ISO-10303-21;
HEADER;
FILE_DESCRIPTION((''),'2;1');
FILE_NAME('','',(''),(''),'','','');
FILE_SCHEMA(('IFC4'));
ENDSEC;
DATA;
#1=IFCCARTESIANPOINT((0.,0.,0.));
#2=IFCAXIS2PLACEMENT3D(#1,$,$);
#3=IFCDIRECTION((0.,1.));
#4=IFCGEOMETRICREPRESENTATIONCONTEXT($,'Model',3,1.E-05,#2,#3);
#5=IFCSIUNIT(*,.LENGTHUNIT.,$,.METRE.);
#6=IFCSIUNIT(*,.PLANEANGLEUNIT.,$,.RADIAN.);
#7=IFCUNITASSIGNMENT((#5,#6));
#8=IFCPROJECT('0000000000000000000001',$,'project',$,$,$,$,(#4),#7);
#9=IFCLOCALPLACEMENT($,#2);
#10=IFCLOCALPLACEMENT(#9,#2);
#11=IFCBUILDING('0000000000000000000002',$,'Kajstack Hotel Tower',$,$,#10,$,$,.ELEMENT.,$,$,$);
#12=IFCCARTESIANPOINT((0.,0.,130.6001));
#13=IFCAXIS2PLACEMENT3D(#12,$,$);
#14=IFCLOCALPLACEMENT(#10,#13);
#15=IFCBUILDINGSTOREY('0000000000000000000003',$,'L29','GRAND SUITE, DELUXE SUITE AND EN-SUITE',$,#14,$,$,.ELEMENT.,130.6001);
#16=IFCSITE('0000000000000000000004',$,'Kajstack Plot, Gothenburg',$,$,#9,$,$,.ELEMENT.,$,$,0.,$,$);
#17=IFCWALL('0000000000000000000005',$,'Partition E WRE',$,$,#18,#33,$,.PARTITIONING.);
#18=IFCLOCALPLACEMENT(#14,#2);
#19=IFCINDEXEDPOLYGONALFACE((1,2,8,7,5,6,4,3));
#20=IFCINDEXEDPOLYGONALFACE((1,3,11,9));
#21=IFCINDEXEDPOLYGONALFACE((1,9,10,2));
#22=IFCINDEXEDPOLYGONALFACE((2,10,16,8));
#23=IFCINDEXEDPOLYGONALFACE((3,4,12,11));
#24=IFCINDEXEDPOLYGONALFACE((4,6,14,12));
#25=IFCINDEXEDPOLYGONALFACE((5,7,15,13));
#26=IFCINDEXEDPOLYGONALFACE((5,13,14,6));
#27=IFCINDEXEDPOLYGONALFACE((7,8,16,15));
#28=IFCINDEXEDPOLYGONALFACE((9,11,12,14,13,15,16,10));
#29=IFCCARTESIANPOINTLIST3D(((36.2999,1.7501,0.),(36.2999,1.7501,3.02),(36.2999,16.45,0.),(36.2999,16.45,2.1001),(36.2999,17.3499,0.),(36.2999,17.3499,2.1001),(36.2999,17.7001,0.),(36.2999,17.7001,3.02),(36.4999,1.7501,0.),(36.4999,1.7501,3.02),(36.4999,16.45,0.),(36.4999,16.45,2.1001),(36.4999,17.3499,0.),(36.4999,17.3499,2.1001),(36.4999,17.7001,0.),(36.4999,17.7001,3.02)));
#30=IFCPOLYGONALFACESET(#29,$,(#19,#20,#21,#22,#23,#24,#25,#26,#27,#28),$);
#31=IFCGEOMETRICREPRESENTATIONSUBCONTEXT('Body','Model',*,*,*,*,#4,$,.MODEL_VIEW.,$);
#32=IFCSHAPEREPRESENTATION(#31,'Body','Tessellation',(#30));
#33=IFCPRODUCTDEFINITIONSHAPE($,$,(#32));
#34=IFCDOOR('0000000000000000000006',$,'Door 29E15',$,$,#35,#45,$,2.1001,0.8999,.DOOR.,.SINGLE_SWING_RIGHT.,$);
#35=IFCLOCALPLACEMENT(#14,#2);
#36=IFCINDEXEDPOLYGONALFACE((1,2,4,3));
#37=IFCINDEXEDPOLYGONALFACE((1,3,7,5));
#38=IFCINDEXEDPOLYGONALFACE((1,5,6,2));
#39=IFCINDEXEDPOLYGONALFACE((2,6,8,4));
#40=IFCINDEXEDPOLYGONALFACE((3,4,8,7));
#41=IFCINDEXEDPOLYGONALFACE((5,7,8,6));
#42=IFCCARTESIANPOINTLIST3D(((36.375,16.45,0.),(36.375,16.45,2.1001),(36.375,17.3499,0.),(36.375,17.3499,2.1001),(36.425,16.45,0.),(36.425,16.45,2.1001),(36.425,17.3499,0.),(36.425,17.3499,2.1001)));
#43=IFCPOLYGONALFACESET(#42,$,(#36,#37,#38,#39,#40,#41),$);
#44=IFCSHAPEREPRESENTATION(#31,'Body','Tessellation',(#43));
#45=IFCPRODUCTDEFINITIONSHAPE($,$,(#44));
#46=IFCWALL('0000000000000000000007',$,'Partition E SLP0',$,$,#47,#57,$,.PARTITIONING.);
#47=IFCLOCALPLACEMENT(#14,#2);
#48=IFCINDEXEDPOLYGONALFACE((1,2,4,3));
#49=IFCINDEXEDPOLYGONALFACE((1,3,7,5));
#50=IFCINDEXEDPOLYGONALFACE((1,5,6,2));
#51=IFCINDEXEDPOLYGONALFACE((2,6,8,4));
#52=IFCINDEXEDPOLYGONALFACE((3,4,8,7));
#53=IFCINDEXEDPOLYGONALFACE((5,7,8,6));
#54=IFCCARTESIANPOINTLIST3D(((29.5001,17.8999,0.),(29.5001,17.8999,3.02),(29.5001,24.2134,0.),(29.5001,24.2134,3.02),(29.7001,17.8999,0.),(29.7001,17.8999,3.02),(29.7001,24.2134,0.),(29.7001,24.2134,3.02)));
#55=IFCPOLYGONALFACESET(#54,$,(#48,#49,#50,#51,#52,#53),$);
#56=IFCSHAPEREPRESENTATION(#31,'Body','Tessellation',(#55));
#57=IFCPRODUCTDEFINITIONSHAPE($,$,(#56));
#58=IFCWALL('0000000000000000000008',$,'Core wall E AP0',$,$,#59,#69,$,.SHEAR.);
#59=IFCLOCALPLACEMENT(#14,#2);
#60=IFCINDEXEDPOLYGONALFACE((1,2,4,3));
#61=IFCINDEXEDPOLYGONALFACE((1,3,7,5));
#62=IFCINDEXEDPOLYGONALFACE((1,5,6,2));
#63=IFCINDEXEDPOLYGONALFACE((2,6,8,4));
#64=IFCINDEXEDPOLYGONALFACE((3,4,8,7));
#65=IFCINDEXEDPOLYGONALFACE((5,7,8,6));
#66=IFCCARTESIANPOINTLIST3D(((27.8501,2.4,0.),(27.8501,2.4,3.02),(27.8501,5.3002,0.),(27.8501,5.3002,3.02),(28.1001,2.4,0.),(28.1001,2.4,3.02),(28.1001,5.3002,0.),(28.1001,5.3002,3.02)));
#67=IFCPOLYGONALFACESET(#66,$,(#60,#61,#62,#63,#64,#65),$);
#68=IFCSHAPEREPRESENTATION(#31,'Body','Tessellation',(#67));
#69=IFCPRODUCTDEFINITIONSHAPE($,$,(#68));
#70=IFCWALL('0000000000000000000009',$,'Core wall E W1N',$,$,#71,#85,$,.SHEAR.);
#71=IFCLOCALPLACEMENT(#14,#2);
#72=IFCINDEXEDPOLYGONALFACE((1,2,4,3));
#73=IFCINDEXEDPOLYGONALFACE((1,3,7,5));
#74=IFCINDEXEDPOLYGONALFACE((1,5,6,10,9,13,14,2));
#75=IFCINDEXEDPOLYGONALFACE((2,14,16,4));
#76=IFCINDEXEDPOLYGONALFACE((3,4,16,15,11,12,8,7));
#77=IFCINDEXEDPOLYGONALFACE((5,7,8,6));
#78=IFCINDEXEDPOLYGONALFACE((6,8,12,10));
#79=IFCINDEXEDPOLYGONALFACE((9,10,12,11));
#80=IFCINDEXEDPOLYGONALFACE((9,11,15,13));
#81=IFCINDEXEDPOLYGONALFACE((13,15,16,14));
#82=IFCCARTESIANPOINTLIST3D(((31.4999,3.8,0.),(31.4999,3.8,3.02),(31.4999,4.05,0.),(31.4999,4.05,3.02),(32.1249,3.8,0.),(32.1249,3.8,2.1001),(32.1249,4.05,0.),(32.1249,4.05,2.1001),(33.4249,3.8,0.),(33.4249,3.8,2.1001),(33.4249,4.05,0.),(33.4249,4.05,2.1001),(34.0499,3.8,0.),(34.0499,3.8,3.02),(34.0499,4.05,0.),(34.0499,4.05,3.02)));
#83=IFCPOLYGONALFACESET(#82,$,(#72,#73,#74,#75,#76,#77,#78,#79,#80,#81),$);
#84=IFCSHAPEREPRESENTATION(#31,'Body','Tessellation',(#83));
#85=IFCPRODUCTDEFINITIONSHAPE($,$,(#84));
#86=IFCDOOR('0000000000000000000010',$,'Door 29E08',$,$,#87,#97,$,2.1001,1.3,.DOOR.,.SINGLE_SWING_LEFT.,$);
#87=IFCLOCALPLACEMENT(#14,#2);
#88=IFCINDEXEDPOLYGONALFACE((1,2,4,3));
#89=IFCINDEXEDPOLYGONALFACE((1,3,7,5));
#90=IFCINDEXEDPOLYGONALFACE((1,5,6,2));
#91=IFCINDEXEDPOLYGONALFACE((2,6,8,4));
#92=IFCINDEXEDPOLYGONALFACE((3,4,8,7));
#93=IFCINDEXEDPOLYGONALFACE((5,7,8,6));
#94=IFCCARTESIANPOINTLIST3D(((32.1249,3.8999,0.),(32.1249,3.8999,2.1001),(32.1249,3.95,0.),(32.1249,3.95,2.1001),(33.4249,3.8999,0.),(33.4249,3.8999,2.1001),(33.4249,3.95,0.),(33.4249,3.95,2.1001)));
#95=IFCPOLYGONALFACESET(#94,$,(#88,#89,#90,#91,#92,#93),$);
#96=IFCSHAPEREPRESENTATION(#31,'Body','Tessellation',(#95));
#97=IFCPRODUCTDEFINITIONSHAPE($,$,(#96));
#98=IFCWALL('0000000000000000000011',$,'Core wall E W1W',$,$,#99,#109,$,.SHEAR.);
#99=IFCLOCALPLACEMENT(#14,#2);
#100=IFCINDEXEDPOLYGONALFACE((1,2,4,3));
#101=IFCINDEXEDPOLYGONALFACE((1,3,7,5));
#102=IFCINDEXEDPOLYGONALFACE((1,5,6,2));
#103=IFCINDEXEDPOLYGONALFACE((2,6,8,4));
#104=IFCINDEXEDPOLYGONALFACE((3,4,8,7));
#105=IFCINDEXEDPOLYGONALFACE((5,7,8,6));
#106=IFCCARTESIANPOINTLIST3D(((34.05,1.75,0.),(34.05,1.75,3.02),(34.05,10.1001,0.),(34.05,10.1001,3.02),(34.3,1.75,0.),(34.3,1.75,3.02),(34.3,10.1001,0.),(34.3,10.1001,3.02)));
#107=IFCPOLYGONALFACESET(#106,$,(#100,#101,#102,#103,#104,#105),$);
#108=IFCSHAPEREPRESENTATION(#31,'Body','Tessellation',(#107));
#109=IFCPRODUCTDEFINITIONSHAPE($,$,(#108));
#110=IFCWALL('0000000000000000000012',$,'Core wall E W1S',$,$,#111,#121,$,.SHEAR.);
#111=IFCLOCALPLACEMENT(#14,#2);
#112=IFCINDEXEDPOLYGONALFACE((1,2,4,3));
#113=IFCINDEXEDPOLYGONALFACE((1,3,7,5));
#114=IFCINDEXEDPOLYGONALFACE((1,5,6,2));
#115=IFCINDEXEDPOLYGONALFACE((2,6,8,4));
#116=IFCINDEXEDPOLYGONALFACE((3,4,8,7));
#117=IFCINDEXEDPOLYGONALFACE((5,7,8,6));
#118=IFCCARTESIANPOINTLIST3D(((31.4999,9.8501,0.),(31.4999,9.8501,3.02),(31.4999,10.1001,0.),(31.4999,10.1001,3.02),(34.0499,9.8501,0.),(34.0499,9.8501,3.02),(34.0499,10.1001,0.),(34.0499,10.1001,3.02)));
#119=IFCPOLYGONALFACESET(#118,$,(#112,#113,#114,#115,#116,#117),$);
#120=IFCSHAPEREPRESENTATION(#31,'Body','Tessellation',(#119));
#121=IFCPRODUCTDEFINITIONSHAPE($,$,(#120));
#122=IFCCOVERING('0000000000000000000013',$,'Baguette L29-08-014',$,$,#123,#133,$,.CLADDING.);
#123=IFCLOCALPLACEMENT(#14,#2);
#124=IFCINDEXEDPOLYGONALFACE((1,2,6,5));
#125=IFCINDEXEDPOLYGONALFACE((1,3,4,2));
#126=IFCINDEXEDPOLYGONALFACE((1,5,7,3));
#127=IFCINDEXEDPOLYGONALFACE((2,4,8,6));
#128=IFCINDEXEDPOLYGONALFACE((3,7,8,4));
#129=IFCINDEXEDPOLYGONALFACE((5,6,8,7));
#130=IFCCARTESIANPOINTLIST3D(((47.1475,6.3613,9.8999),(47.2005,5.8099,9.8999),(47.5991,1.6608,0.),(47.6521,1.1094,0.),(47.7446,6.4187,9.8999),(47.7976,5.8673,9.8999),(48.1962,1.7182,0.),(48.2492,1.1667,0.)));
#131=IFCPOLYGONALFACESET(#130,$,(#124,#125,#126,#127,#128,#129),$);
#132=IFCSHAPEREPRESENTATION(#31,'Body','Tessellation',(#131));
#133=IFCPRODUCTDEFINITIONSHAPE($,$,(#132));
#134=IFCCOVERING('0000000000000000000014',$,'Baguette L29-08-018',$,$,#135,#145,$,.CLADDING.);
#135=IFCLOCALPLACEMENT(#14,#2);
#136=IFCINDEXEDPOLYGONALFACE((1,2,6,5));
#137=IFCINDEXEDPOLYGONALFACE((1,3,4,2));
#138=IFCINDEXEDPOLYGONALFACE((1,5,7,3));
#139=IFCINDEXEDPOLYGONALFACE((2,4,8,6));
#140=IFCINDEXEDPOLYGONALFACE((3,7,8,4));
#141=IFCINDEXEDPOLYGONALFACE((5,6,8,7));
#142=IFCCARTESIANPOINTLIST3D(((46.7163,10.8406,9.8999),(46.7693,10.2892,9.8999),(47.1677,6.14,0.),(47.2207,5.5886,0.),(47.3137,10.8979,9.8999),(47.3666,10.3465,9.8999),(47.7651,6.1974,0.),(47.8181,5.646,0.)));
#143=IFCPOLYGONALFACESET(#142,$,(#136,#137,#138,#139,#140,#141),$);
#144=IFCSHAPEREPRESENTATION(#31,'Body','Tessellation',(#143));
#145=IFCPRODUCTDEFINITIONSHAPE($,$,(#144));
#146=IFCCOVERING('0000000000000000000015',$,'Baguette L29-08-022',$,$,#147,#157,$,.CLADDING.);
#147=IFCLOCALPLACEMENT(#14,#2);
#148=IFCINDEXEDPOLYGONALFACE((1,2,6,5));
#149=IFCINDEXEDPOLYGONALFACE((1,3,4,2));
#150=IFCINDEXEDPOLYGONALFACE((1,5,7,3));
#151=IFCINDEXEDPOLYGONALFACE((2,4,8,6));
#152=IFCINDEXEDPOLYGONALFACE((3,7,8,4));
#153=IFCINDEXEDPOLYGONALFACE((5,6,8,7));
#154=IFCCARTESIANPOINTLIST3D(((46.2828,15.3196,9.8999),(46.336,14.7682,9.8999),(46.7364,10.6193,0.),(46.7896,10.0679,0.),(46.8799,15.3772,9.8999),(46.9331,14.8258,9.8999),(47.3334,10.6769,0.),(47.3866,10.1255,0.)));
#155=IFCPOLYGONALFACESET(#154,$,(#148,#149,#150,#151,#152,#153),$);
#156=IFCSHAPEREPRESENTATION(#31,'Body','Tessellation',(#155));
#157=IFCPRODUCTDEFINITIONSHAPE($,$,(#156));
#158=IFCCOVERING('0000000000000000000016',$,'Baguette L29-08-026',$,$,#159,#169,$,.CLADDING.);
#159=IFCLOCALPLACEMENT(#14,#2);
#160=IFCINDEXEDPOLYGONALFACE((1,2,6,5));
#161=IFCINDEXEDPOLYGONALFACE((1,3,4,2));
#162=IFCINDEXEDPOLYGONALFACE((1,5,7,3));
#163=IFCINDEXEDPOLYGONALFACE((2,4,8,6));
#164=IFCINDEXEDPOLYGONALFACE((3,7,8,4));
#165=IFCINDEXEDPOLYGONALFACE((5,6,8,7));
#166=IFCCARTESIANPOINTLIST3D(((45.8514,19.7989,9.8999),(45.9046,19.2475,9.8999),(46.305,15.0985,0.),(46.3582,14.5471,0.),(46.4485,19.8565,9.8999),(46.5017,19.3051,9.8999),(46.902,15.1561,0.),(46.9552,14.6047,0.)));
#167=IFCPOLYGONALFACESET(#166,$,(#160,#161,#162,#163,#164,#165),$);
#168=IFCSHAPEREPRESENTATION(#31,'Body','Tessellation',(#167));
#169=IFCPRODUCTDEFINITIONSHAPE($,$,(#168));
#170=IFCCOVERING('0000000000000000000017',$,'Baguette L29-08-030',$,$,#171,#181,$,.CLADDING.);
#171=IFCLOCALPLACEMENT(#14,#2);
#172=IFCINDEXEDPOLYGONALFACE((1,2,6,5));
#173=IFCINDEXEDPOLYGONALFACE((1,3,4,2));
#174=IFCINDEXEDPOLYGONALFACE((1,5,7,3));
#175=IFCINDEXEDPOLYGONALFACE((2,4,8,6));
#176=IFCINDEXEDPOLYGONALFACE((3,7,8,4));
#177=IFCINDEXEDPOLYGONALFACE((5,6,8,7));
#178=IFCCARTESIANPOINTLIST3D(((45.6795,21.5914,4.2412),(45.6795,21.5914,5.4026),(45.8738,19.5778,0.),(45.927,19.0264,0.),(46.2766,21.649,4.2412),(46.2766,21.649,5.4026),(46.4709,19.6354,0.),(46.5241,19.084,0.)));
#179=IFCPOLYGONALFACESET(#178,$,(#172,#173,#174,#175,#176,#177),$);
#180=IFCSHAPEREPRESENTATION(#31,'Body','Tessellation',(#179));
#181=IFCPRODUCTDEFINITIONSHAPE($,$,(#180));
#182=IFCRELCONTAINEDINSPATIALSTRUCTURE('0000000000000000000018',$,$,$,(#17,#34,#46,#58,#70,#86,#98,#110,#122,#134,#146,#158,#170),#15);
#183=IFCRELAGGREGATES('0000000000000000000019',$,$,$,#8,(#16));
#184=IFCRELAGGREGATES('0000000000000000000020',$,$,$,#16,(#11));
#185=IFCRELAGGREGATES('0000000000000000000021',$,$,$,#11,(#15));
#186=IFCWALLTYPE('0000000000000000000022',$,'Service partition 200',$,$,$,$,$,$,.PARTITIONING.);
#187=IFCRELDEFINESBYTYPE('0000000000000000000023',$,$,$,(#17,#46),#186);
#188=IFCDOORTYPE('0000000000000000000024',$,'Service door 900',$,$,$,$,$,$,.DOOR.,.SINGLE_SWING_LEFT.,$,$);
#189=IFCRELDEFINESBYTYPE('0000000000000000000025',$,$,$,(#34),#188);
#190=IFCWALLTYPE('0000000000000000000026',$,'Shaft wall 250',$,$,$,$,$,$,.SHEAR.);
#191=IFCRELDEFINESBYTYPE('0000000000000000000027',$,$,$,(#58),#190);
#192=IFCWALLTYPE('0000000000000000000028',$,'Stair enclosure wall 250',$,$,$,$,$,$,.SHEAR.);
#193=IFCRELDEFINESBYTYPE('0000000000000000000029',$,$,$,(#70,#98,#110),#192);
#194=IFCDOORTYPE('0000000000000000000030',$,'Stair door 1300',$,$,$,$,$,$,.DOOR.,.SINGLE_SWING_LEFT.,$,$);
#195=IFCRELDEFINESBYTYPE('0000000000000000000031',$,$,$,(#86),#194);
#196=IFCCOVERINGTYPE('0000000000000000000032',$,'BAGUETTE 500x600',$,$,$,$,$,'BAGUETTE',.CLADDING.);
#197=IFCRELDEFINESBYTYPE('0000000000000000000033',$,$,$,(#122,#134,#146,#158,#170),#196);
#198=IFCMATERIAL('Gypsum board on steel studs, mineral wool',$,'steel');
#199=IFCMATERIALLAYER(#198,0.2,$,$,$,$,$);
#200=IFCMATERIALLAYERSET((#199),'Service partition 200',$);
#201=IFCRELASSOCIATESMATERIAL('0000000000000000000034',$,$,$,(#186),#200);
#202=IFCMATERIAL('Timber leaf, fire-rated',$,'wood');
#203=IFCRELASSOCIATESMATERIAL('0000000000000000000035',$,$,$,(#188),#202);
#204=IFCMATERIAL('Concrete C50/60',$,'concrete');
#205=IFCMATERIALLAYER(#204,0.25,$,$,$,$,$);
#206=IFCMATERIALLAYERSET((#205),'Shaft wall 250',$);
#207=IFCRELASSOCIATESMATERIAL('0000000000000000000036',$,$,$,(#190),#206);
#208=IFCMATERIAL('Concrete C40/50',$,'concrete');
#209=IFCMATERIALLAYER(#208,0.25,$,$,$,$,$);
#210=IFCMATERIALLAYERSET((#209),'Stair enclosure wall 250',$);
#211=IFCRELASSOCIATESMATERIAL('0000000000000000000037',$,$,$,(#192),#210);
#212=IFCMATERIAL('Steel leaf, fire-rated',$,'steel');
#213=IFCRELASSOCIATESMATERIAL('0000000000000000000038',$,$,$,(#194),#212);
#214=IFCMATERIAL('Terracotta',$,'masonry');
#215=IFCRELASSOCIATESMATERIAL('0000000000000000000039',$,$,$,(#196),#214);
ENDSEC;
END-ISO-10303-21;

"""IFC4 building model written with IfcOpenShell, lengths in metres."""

from ifc_helpers import new_model, si_unit, direction, frame, frame_2d, origin, origin_2d, place, context, subcontext, project, spatial, polyline, rectangle, outline, extrude, material, layer, layer_set, material_profile, profile_set, type_object, element, fill, save


model = new_model("IFC4")

# Units and contexts
model_context = context("Model", 3, precision=1e-05, world=origin(), true_north=direction((0.0, 1.0)))
body_context = subcontext(model_context, "Body", "Model", "MODEL_VIEW")
ifc_project = project(units=[si_unit("LENGTHUNIT", "METRE"), si_unit("PLANEANGLEUNIT", "RADIAN")], contexts=[model_context])

# Site, building, storey
site_placement = place(None, origin())
site = spatial("IfcSite", under=ifc_project, at=site_placement, Name="Kajstack Plot, Gothenburg", CompositionType="ELEMENT", RefElevation=0.0)
building_placement = place(site_placement, origin())
building = spatial("IfcBuilding", under=site, at=building_placement, Name="Kajstack Hotel Tower", CompositionType="ELEMENT")
storey_placement = place(building_placement, frame((0.0, 0.0, 130.6001)))
storey = spatial("IfcBuildingStorey", under=building, at=storey_placement, Name="L29", Description="GRAND SUITE, DELUXE SUITE AND EN-SUITE", CompositionType="ELEMENT", Elevation=130.6001)

# Shared definitions
ifc_material_1 = material(Name="Concrete C40/50", Category="concrete")

# Shared definitions
ifc_material_2 = material(Name="Gypsum board on steel studs, mineral wool", Category="steel")
ifc_layer_1 = layer(ifc_material_2, 0.2)
ifc_layer_set_1 = layer_set([ifc_layer_1], Name="Service partition 200")
wall_type_1 = type_object("IfcWallType", Name="Service partition 200", PredefinedType="PARTITIONING", material=ifc_layer_set_1)
ifc_material_3 = material(Name="Steel leaf, fire-rated", Category="steel")
ifc_material_4 = material(Name="Timber leaf, fire-rated", Category="wood")

# Wall, opening, door
wall_1_placement = place(storey_placement, frame((36.3999, 1.75, 0.0), z_axis=(0.0, 0.0, 1.0), x_axis=(0.0, 1.0, 0.0)))
wall_1 = element("IfcWall", 1, at=wall_1_placement, inside=storey, type_object=wall_type_1, Name="Partition E WRE", PredefinedType="PARTITIONING", context=body_context, shape_type="SweptSolid", body=[
    extrude(rectangle(XDim=15.95, YDim=0.2, at=frame_2d((7.9751, 0.0))), origin(), (0.0, 0.0, 1.0), 3.02),
])
opening_1_placement = place(wall_1_placement, frame((14.7, 0.0, 0.0)))
opening_1 = element("IfcOpeningElement", 2, at=opening_1_placement, cuts=wall_1, PredefinedType="OPENING", context=body_context, shape_type="SweptSolid", body=[
    extrude(rectangle(XDim=0.8999, YDim=2.1001, at=frame_2d((0.45, 1.05))), frame((0.0, 0.1099, 0.0), z_axis=(0.0, -1.0, 0.0), x_axis=(1.0, 0.0, 0.0)), (0.0, 0.0, 1.0), 0.22),
])
door_type_1 = type_object("IfcDoorType", Name="Service door 900", OperationType="SINGLE_SWING_LEFT", PredefinedType="DOOR", material=ifc_material_4)
door_1_placement = place(opening_1_placement, origin())
door_1 = element("IfcDoor", 3, at=door_1_placement, inside=storey, type_object=door_type_1, Name="Door 29E15", OperationType="SINGLE_SWING_RIGHT", OverallHeight=2.1001, OverallWidth=0.8999, PredefinedType="DOOR", context=body_context, shape_type="SweptSolid", body=[
    extrude(rectangle(XDim=0.8999, YDim=2.1001, at=frame_2d((0.45, 1.05))), frame((0.0, 0.0249, 0.0), z_axis=(0.0, -1.0, 0.0), x_axis=(1.0, 0.0, 0.0)), (0.0, 0.0, 1.0), 0.05),
])
fill(opening_1, door_1)

# Walls
wall_2_placement = place(storey_placement, frame((29.6001, 17.8999, 0.0), z_axis=(0.0, 0.0, 1.0), x_axis=(0.0, 1.0, 0.0)))
element("IfcWall", 4, at=wall_2_placement, inside=storey, type_object=wall_type_1, Name="Partition E SLP0", PredefinedType="PARTITIONING", context=body_context, shape_type="SweptSolid", body=[
    extrude(rectangle(XDim=6.3135, YDim=0.2, at=frame_2d((3.1567, 0.0))), origin(), (0.0, 0.0, 1.0), 3.02),
])
ifc_material_5 = material(Name="Concrete C50/60", Category="concrete")
ifc_layer_2 = layer(ifc_material_5, 0.25)
ifc_layer_set_2 = layer_set([ifc_layer_2], Name="Shaft wall 250")
wall_type_2 = type_object("IfcWallType", Name="Shaft wall 250", PredefinedType="SHEAR", material=ifc_layer_set_2)
wall_3_placement = place(storey_placement, frame((27.9751, 2.3999, 0.0), z_axis=(0.0, 0.0, 1.0), x_axis=(0.0, 1.0, 0.0)))
element("IfcWall", 5, at=wall_3_placement, inside=storey, type_object=wall_type_2, Name="Core wall E AP0", PredefinedType="SHEAR", context=body_context, shape_type="SweptSolid", body=[
    extrude(rectangle(XDim=2.9001, YDim=0.25, at=frame_2d((1.4502, 0.0))), origin(), (0.0, 0.0, 1.0), 3.02),
])

# Wall, opening, door
ifc_layer_3 = layer(ifc_material_1, 0.25)
ifc_layer_set_3 = layer_set([ifc_layer_3], Name="Stair enclosure wall 250")
wall_type_3 = type_object("IfcWallType", Name="Stair enclosure wall 250", PredefinedType="SHEAR", material=ifc_layer_set_3)
wall_4_placement = place(storey_placement, frame((31.5, 3.925, 0.0), z_axis=(0.0, 0.0, 1.0), x_axis=(1.0, 0.0, 0.0)))
wall_4 = element("IfcWall", 6, at=wall_4_placement, inside=storey, type_object=wall_type_3, Name="Core wall E W1N", PredefinedType="SHEAR", context=body_context, shape_type="SweptSolid", body=[
    extrude(rectangle(XDim=2.55, YDim=0.25, at=frame_2d((1.2749, 0.0))), origin(), (0.0, 0.0, 1.0), 3.02),
])
opening_2_placement = place(wall_4_placement, frame((0.625, 0.0, 0.0)))
opening_2 = element("IfcOpeningElement", 7, at=opening_2_placement, cuts=wall_4, PredefinedType="OPENING", context=body_context, shape_type="SweptSolid", body=[
    extrude(rectangle(XDim=1.3, YDim=2.1001, at=frame_2d((0.6499, 1.05))), frame((0.0, 0.135, 0.0), z_axis=(0.0, -1.0, 0.0), x_axis=(1.0, 0.0, 0.0)), (0.0, 0.0, 1.0), 0.27),
])
door_type_2 = type_object("IfcDoorType", Name="Stair door 1300", OperationType="SINGLE_SWING_LEFT", PredefinedType="DOOR", material=ifc_material_3)
door_2_placement = place(opening_2_placement, origin())
door_2 = element("IfcDoor", 8, at=door_2_placement, inside=storey, type_object=door_type_2, Name="Door 29E08", OperationType="SINGLE_SWING_LEFT", OverallHeight=2.1001, OverallWidth=1.3, PredefinedType="DOOR", context=body_context, shape_type="SweptSolid", body=[
    extrude(rectangle(XDim=1.3, YDim=2.1001, at=frame_2d((0.6499, 1.05))), frame((0.0, 0.0249, 0.0), z_axis=(0.0, -1.0, 0.0), x_axis=(1.0, 0.0, 0.0)), (0.0, 0.0, 1.0), 0.05),
])
fill(opening_2, door_2)

# Walls
wall_5_placement = place(storey_placement, frame((34.175, 1.75, 0.0), z_axis=(0.0, 0.0, 1.0), x_axis=(0.0, 1.0, 0.0)))
element("IfcWall", 9, at=wall_5_placement, inside=storey, type_object=wall_type_3, Name="Core wall E W1W", PredefinedType="SHEAR", context=body_context, shape_type="SweptSolid", body=[
    extrude(rectangle(XDim=8.3501, YDim=0.25, at=frame_2d((4.175, 0.0))), origin(), (0.0, 0.0, 1.0), 3.02),
])
wall_6_placement = place(storey_placement, frame((31.5, 9.9751, 0.0), z_axis=(0.0, 0.0, 1.0), x_axis=(1.0, 0.0, 0.0)))
element("IfcWall", 10, at=wall_6_placement, inside=storey, type_object=wall_type_3, Name="Core wall E W1S", PredefinedType="SHEAR", context=body_context, shape_type="SweptSolid", body=[
    extrude(rectangle(XDim=2.55, YDim=0.25, at=frame_2d((1.2749, 0.0))), origin(), (0.0, 0.0, 1.0), 3.02),
])

# Coverings
ifc_material_6 = material(Name="Terracotta", Category="masonry")
ifc_material_profile = material_profile(ifc_material_6, rectangle(XDim=0.6001, YDim=0.5, at=origin_2d()), Name="Terracotta-clad concrete baguette 500 x 600")
ifc_profile_set = profile_set([ifc_material_profile], Name="Terracotta")
covering_type = type_object("IfcCoveringType", Name="BAGUETTE 500x600", ElementType="BAGUETTE", PredefinedType="CLADDING", material=ifc_profile_set)
covering_1_placement = place(storey_placement, frame((47.6521, 1.1094, 0.0), z_axis=(0.995416, 0.095635, 0.0), x_axis=(-0.095635, 0.995416, 0.0)))
element("IfcCovering", 11, at=covering_1_placement, inside=storey, type_object=covering_type, Name="Baguette L29-08-014", PredefinedType="CLADDING", context=body_context, shape_type="SweptSolid", body=[
    extrude(outline(polyline([(4.7222, 9.8999), (0.0, 0.0), (0.554, 0.0), (5.2761, 9.8999), (4.7222, 9.8999)])), origin(), (0.0, 0.0, 1.0), 0.5999),
])
covering_2_placement = place(storey_placement, frame((47.2207, 5.5886, 0.0), z_axis=(0.99542, 0.095596, 0.0), x_axis=(-0.095596, 0.99542, 0.0)))
element("IfcCovering", 12, at=covering_2_placement, inside=storey, type_object=covering_type, Name="Baguette L29-08-018", PredefinedType="CLADDING", context=body_context, shape_type="SweptSolid", body=[
    extrude(outline(polyline([(4.7222, 9.8999), (0.0, 0.0), (0.554, 0.0), (5.2761, 9.8999), (4.7222, 9.8999)])), origin(), (0.0, 0.0, 1.0), 0.6001),
])
for number, where, z_axis, x_axis, name in (
    (13, (46.7896, 10.0679, 0.0), (0.995378, 0.096038, 0.0), (-0.096038, 0.995378, 0.0), "Baguette L29-08-022"),
    (14, (46.3582, 14.5471, 0.0), (0.995378, 0.096038, 0.0), (-0.096038, 0.995378, 0.0), "Baguette L29-08-026"),
):
    element("IfcCovering", number, at=place(storey_placement, frame(where, z_axis=z_axis, x_axis=x_axis)), inside=storey, type_object=covering_type, Name=name, PredefinedType="CLADDING", context=body_context, shape_type="SweptSolid", body=[
        extrude(outline(polyline([(4.7222, 9.8999), (0.0, 0.0), (0.554, 0.0), (5.2761, 9.8999), (4.7222, 9.8999)])), origin(), (0.0, 0.0, 1.0), 0.5999),
    ])
covering_3_placement = place(storey_placement, frame((45.927, 19.0264, 0.0), z_axis=(0.995378, 0.096038, 0.0), x_axis=(-0.096038, 0.995378, 0.0)))
element("IfcCovering", 15, at=covering_3_placement, inside=storey, type_object=covering_type, Name="Baguette L29-08-030", PredefinedType="CLADDING", context=body_context, shape_type="SweptSolid", body=[
    extrude(outline(polyline([(0.554, 0.0), (2.5769, 4.2412), (2.5769, 5.4026), (0.0, 0.0), (0.554, 0.0)])), origin(), (0.0, 0.0, 1.0), 0.5999),
])

save(model, "model.ifc")
